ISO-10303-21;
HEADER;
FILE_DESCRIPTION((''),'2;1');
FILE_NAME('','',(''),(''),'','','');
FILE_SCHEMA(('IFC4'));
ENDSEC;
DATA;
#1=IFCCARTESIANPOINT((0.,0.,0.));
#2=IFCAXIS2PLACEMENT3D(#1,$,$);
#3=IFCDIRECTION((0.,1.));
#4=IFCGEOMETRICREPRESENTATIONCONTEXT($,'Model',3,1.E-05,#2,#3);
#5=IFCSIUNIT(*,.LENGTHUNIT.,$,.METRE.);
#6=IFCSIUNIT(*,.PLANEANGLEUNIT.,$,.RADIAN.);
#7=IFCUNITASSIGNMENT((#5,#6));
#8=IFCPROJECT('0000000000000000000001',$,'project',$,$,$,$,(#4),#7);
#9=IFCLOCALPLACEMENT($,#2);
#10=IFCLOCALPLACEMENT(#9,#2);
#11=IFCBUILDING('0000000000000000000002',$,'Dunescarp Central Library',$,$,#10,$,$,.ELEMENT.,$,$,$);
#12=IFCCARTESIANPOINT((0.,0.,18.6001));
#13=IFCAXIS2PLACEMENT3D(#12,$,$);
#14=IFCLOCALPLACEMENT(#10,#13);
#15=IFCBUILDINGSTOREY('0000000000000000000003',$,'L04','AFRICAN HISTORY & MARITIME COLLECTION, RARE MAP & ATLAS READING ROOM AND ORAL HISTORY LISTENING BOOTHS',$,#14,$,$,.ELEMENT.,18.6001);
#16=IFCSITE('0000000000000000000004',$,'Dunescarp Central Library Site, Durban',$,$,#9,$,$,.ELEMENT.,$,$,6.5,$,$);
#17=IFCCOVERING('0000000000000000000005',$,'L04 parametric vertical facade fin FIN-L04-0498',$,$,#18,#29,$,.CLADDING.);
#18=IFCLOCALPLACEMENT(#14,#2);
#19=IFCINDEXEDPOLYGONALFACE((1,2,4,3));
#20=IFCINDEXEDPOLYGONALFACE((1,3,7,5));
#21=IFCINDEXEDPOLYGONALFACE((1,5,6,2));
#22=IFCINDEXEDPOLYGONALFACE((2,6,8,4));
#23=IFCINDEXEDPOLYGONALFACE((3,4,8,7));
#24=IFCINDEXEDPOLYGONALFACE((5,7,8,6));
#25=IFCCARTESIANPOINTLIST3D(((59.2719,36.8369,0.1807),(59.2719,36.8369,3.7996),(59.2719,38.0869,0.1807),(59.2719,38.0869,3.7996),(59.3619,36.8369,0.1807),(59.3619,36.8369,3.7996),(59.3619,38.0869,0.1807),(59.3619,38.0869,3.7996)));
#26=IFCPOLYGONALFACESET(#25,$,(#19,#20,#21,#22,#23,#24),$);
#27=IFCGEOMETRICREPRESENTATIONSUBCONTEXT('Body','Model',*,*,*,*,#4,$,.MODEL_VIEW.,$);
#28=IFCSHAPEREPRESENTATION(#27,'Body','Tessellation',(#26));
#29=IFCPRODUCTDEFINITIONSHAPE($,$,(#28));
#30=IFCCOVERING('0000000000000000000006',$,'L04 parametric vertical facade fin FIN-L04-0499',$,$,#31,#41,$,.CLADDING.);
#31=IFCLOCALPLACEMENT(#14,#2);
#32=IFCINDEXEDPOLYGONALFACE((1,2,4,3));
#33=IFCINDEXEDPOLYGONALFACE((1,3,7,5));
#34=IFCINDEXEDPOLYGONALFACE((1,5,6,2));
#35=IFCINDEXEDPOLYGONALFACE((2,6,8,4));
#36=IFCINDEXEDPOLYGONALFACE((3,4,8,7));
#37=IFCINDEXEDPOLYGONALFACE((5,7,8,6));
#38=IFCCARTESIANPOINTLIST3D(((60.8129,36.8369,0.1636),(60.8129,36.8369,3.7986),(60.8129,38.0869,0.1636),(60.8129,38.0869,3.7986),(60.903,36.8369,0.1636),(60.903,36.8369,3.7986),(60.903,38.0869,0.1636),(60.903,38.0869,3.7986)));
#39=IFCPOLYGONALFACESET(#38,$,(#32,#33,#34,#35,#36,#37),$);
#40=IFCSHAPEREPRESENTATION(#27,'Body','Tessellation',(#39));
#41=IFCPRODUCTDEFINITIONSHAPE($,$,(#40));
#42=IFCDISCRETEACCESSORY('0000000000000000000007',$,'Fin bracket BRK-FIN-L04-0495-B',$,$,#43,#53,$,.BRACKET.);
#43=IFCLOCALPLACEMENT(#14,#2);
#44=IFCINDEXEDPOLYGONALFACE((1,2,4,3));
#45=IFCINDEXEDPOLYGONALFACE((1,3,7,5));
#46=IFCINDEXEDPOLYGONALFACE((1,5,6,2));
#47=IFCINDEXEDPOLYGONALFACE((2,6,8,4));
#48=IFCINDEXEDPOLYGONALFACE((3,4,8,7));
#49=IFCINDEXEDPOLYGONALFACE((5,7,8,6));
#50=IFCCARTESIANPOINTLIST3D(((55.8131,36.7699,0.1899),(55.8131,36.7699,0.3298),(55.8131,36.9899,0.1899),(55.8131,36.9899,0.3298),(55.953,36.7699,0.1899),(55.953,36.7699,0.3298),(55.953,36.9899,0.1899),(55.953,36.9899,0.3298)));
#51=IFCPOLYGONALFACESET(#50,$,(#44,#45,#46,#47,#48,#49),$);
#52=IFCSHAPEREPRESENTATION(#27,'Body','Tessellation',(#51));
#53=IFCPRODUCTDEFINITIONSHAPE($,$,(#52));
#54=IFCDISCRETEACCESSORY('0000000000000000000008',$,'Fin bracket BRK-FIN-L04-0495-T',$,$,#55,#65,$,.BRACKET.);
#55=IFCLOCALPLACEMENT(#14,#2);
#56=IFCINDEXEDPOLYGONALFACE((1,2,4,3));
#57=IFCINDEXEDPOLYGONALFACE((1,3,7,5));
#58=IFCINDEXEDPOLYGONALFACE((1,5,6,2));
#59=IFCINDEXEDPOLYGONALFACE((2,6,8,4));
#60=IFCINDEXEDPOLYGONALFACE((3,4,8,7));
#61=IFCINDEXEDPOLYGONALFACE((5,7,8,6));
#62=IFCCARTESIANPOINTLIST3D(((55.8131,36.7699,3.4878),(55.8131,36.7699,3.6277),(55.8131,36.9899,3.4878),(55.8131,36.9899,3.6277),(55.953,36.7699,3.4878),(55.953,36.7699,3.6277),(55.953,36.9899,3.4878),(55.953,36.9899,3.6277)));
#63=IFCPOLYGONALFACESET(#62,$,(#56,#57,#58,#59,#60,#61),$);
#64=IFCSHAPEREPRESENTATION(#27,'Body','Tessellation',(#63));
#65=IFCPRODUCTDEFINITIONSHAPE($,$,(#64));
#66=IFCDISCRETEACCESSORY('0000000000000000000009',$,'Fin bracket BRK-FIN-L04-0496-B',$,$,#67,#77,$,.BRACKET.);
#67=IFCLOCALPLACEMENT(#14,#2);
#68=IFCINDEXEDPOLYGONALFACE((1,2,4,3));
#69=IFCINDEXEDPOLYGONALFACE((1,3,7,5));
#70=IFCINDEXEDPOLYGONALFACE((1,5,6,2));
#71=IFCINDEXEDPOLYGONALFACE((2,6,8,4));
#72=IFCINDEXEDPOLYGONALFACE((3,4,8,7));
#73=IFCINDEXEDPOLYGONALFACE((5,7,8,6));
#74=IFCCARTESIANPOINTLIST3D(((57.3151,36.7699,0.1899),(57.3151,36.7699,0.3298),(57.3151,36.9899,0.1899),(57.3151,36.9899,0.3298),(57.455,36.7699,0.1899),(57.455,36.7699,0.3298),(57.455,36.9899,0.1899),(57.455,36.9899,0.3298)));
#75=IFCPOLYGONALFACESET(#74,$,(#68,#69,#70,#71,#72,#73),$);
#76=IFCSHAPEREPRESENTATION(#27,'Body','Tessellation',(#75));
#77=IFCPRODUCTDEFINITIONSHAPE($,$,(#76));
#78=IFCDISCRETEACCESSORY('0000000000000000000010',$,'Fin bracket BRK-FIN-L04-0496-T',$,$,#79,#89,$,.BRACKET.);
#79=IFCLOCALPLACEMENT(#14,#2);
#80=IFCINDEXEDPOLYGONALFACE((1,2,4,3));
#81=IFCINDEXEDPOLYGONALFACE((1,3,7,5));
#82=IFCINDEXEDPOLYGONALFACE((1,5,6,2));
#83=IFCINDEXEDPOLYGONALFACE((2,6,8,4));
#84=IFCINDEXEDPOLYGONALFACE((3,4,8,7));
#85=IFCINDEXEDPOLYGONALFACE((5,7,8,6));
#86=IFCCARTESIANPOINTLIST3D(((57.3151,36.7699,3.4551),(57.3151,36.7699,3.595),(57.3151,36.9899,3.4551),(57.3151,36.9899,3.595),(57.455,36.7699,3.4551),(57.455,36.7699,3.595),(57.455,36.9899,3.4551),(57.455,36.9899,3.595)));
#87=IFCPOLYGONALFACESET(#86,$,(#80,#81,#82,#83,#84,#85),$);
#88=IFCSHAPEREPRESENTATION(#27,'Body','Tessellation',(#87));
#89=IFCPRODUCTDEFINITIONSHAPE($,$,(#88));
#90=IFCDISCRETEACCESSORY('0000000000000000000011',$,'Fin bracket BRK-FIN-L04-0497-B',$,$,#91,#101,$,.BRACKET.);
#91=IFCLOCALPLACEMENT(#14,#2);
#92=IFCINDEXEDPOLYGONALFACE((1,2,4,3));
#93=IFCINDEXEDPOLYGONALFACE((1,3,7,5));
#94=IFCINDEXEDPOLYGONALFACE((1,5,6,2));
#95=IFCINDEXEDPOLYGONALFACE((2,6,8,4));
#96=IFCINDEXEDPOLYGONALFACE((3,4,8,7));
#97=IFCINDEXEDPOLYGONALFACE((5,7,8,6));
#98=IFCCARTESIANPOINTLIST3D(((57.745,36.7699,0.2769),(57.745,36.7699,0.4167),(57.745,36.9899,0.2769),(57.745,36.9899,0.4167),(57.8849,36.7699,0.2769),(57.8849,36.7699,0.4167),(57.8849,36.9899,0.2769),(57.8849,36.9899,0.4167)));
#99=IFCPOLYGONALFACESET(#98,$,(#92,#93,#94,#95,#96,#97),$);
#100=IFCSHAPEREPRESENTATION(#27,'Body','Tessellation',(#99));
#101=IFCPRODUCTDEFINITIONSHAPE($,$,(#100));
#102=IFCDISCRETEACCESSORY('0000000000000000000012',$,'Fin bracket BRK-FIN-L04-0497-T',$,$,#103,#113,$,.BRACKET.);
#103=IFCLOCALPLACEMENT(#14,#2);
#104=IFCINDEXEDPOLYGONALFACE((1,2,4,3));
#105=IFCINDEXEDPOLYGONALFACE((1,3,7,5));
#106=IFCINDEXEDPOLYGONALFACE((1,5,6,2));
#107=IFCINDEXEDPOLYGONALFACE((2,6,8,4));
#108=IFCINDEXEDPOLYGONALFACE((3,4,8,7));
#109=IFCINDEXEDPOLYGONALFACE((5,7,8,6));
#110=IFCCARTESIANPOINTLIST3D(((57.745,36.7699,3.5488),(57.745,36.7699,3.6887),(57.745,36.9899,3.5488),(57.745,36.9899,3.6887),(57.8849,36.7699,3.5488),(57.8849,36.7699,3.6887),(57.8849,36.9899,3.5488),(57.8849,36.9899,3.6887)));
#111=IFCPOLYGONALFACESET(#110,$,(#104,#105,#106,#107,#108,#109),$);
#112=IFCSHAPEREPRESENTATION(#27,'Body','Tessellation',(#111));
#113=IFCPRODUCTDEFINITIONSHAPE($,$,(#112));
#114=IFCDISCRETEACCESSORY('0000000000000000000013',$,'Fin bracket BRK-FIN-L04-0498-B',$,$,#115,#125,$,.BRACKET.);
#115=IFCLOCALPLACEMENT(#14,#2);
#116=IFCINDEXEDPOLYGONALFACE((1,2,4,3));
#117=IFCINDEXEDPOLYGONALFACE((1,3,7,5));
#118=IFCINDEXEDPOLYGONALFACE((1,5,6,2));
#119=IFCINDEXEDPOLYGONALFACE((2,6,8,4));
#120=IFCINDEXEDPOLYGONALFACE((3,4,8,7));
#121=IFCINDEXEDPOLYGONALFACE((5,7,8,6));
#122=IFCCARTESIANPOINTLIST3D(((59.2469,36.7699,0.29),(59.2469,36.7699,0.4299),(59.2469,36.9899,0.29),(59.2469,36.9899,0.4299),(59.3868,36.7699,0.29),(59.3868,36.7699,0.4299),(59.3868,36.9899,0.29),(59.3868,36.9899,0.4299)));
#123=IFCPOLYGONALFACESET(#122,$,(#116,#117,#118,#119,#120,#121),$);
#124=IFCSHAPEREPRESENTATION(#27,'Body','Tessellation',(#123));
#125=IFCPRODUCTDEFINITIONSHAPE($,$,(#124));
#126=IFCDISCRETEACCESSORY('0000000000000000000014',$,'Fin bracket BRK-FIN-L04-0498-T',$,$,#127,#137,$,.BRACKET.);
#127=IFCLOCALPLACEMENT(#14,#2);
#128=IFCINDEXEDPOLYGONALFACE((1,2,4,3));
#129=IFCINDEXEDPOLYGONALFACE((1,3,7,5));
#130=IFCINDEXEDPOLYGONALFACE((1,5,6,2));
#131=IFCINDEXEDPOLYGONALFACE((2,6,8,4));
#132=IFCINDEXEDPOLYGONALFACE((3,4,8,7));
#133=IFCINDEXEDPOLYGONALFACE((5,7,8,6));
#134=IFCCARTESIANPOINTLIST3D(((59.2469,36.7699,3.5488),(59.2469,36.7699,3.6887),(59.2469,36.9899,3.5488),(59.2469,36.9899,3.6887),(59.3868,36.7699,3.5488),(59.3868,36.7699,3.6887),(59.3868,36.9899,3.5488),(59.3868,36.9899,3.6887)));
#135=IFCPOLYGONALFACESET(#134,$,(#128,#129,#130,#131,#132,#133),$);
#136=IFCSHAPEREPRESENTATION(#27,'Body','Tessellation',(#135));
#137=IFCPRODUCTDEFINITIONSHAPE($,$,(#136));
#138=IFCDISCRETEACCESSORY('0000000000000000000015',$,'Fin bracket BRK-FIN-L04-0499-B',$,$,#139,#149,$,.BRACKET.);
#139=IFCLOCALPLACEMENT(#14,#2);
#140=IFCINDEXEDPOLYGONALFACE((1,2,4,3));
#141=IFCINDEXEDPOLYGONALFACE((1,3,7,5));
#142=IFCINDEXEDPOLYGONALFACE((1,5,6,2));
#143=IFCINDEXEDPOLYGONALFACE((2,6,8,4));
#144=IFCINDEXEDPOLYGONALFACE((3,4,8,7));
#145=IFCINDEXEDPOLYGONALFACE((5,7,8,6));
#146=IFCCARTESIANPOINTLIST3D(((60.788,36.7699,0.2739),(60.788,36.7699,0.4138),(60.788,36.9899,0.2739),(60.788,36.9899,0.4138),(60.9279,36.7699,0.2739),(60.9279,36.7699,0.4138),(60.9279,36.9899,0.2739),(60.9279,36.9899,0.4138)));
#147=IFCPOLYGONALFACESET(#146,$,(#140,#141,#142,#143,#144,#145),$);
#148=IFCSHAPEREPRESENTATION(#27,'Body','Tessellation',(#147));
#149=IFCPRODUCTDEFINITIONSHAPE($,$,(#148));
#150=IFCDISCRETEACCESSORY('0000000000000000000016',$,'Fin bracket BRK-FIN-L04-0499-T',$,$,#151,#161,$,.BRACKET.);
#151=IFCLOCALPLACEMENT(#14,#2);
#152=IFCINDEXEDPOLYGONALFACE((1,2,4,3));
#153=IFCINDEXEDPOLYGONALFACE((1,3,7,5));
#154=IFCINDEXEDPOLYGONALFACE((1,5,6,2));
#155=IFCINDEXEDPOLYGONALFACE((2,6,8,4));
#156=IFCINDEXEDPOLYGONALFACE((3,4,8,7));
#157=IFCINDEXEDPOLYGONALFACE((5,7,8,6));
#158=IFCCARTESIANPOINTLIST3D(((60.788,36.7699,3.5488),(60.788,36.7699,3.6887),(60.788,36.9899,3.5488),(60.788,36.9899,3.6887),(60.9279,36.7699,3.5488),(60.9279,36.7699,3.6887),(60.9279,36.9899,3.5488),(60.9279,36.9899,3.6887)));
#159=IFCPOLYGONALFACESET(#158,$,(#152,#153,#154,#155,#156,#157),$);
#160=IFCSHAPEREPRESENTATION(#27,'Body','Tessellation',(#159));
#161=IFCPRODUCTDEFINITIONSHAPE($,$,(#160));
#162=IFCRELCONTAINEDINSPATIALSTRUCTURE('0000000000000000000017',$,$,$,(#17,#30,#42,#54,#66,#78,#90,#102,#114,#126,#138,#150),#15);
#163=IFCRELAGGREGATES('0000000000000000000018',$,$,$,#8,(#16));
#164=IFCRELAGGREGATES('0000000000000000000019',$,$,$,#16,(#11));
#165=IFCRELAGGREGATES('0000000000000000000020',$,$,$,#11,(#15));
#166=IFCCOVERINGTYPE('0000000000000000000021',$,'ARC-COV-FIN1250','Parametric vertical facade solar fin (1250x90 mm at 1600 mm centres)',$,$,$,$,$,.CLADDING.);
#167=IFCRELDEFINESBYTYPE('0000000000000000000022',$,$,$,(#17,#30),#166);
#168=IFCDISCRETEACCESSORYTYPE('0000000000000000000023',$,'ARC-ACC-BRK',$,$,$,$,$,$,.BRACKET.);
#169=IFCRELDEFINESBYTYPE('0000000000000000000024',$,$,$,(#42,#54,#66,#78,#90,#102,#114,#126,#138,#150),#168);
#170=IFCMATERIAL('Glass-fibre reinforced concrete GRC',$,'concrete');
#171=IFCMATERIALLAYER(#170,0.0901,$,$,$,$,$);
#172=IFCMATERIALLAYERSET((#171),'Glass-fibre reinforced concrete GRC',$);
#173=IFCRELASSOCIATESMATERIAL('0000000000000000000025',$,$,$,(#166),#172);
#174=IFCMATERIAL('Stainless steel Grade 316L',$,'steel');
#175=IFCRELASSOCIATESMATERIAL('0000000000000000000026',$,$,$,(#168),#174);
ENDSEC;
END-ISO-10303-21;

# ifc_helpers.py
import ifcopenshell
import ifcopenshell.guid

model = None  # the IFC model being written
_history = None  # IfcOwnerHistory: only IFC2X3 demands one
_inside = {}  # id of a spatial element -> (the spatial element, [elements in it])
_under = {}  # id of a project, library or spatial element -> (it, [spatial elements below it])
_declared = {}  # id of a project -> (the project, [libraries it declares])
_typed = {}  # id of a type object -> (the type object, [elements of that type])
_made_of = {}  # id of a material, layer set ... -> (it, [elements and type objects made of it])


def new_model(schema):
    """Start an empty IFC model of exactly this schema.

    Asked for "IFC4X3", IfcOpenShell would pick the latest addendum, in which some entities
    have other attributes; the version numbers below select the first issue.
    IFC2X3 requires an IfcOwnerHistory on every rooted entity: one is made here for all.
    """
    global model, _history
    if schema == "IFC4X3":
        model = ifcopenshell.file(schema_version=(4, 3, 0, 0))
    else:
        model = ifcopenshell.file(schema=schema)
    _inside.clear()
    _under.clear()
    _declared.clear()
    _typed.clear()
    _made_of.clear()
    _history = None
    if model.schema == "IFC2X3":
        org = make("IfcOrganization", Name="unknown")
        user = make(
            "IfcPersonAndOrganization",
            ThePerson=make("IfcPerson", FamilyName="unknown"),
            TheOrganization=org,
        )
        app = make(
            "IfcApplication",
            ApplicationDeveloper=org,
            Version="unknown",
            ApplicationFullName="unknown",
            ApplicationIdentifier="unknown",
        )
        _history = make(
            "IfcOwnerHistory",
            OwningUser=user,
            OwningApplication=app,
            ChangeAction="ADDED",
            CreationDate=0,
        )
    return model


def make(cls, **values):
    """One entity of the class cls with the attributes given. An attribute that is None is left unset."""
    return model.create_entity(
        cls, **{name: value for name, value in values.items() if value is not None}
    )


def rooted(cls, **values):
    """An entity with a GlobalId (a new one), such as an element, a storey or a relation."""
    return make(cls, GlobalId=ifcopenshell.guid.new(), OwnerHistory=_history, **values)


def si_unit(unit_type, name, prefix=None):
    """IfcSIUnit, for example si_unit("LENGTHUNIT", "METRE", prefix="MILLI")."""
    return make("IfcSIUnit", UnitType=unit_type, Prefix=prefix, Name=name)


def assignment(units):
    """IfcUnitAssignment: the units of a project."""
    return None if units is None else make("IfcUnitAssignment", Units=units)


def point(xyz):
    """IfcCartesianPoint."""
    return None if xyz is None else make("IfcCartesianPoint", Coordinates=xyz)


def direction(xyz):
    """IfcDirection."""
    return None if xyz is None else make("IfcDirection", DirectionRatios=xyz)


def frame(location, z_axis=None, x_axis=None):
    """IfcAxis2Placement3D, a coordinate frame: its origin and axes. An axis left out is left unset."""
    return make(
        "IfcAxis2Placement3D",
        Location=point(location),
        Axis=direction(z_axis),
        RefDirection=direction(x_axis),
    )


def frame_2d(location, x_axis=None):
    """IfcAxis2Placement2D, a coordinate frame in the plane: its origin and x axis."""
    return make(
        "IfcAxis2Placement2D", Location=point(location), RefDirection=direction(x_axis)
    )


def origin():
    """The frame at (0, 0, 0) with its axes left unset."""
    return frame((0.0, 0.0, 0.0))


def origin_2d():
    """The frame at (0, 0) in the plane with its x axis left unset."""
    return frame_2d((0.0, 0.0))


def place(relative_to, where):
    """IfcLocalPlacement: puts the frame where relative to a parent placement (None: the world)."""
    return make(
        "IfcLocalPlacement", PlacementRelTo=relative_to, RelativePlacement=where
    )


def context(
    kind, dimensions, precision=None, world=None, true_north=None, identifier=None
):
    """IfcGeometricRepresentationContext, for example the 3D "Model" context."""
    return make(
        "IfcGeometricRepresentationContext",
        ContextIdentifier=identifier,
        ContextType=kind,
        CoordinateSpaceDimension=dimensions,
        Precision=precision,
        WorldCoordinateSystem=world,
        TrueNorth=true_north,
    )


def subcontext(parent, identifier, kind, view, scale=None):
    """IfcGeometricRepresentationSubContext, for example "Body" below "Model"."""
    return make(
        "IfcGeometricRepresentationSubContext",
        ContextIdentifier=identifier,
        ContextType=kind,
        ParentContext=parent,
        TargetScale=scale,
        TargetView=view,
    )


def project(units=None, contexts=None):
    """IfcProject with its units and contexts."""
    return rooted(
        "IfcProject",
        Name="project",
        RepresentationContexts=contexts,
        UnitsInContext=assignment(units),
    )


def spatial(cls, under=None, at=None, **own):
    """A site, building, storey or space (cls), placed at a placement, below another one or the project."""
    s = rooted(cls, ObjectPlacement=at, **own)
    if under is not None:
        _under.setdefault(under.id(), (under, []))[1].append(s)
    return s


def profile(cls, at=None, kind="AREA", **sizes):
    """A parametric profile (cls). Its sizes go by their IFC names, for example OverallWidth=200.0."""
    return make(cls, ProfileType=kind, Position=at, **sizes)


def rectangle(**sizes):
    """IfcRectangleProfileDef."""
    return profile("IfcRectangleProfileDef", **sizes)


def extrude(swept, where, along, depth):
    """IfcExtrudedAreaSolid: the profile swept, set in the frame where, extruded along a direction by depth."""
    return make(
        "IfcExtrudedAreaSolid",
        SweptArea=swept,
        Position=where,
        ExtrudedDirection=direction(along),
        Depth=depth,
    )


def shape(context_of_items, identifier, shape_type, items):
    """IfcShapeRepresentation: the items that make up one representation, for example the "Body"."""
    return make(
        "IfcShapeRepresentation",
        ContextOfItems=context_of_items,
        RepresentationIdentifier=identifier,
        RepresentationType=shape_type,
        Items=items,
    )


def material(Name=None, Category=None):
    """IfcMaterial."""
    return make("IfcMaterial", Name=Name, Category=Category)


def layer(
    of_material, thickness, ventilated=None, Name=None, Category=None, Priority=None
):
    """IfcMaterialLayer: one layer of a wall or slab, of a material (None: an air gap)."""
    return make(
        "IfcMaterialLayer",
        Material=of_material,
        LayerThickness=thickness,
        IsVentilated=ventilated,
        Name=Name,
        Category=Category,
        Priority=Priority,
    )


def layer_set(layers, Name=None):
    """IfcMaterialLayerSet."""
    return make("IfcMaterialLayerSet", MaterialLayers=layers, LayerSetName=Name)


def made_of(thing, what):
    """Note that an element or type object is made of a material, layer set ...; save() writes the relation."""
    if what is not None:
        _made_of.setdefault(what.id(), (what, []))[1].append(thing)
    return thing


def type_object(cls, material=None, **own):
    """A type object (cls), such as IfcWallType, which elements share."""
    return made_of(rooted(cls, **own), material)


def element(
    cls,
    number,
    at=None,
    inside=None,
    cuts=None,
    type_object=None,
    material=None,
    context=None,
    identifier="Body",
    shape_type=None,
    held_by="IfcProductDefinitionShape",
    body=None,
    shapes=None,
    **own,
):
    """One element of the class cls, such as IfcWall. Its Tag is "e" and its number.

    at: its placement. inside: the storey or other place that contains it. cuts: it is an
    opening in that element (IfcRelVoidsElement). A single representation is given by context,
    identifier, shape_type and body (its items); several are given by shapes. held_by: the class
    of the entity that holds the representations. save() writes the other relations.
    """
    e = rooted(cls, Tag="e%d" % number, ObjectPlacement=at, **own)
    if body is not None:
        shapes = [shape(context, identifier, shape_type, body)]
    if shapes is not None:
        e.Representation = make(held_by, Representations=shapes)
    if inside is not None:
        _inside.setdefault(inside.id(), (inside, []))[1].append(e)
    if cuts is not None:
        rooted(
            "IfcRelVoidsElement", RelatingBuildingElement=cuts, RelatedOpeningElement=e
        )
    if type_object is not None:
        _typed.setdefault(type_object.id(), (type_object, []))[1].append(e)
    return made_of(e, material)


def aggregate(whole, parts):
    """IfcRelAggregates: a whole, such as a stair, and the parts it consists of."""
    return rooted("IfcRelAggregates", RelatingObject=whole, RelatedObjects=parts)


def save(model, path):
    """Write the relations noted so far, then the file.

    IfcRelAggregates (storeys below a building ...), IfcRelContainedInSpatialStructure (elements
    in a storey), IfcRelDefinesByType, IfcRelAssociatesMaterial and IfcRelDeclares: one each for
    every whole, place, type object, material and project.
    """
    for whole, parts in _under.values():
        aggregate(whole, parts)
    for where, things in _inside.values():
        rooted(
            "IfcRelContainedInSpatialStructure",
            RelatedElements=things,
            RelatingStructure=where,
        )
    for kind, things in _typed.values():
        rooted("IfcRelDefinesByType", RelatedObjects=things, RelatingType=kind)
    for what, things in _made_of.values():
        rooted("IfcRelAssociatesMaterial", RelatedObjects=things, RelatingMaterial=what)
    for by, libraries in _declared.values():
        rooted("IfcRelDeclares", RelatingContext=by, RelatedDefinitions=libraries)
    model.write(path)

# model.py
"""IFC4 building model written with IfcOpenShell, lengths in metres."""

from ifc_helpers import new_model, si_unit, direction, frame, origin, origin_2d, place, context, subcontext, project, spatial, rectangle, extrude, material, layer, layer_set, type_object, element, save


model = new_model("IFC4")

# Units and contexts
model_context = context("Model", 3, precision=1e-05, world=origin(), true_north=direction((0.0, 1.0)))
body_context = subcontext(model_context, "Body", "Model", "MODEL_VIEW")
ifc_project = project(units=[si_unit("LENGTHUNIT", "METRE"), si_unit("PLANEANGLEUNIT", "RADIAN")], contexts=[model_context])

# Site, building, storey
site_placement = place(None, origin())
site = spatial("IfcSite", under=ifc_project, at=site_placement, Name="Dunescarp Central Library Site, Durban", CompositionType="ELEMENT", RefElevation=6.5)
building_placement = place(site_placement, origin())
building = spatial("IfcBuilding", under=site, at=building_placement, Name="Dunescarp Central Library", CompositionType="ELEMENT")
storey_placement = place(building_placement, frame((0.0, 0.0, 18.6001)))
storey = spatial("IfcBuildingStorey", under=building, at=storey_placement, Name="L04", Description="AFRICAN HISTORY & MARITIME COLLECTION, RARE MAP & ATLAS READING ROOM AND ORAL HISTORY LISTENING BOOTHS", CompositionType="ELEMENT", Elevation=18.6001)

# Coverings
ifc_material_1 = material(Name="Glass-fibre reinforced concrete GRC", Category="concrete")
ifc_layer_1 = layer(ifc_material_1, 0.0901)
ifc_layer_set_1 = layer_set([ifc_layer_1], Name="Glass-fibre reinforced concrete GRC")
covering_type = type_object("IfcCoveringType", Name="ARC-COV-FIN1250", Description="Parametric vertical facade solar fin (1250x90 mm at 1600 mm centres)", PredefinedType="CLADDING", material=ifc_layer_set_1)
covering_1_placement = place(storey_placement, frame((59.3169, 37.4619, 0.1807), z_axis=(0.0, 0.0, 1.0), x_axis=(0.0, 1.0, 0.0)))
element("IfcCovering", 1, at=covering_1_placement, inside=storey, type_object=covering_type, Name="L04 parametric vertical facade fin FIN-L04-0498", PredefinedType="CLADDING", context=body_context, shape_type="SweptSolid", body=[
    extrude(rectangle(XDim=1.25, YDim=0.0901, at=origin_2d()), origin(), (0.0, 0.0, 1.0), 3.6189),
])
covering_2_placement = place(storey_placement, frame((60.8579, 37.4619, 0.1636), z_axis=(0.0, 0.0, 1.0), x_axis=(0.0, 1.0, 0.0)))
element("IfcCovering", 2, at=covering_2_placement, inside=storey, type_object=covering_type, Name="L04 parametric vertical facade fin FIN-L04-0499", PredefinedType="CLADDING", context=body_context, shape_type="SweptSolid", body=[
    extrude(rectangle(XDim=1.25, YDim=0.0901, at=origin_2d()), origin(), (0.0, 0.0, 1.0), 3.635),
])

# Discrete accessories
ifc_material_2 = material(Name="Stainless steel Grade 316L", Category="steel")
discrete_accessory_type = type_object("IfcDiscreteAccessoryType", Name="ARC-ACC-BRK", PredefinedType="BRACKET", material=ifc_material_2)
for number, where, z_axis, x_axis, name in (
    (3, (55.8831, 36.8799, 0.1899), (0.0, 0.0, 1.0), (0.0, 1.0, 0.0), "Fin bracket BRK-FIN-L04-0495-B"),
    (4, (55.8831, 36.8799, 3.4878), (0.0, 0.0, 1.0), (0.0, 1.0, 0.0), "Fin bracket BRK-FIN-L04-0495-T"),
    (5, (57.385, 36.8799, 0.1899), (0.0, 0.0, 1.0), (0.0, 1.0, 0.0), "Fin bracket BRK-FIN-L04-0496-B"),
    (6, (57.385, 36.8799, 3.4551), (0.0, 0.0, 1.0), (0.0, 1.0, 0.0), "Fin bracket BRK-FIN-L04-0496-T"),
    (7, (57.8149, 36.8799, 0.2769), (0.0, 0.0, 1.0), (0.0, 1.0, 0.0), "Fin bracket BRK-FIN-L04-0497-B"),
    (8, (57.8149, 36.8799, 3.5488), (0.0, 0.0, 1.0), (0.0, 1.0, 0.0), "Fin bracket BRK-FIN-L04-0497-T"),
    (9, (59.3169, 36.8799, 0.29), (0.0, 0.0, 1.0), (0.0, 1.0, 0.0), "Fin bracket BRK-FIN-L04-0498-B"),
    (10, (59.3169, 36.8799, 3.5488), (0.0, 0.0, 1.0), (0.0, 1.0, 0.0), "Fin bracket BRK-FIN-L04-0498-T"),
    (11, (60.8579, 36.8799, 0.2739), (0.0, 0.0, 1.0), (0.0, 1.0, 0.0), "Fin bracket BRK-FIN-L04-0499-B"),
    (12, (60.8579, 36.8799, 3.5488), (0.0, 0.0, 1.0), (0.0, 1.0, 0.0), "Fin bracket BRK-FIN-L04-0499-T"),
):
    element("IfcDiscreteAccessory", number, at=place(storey_placement, frame(where, z_axis=z_axis, x_axis=x_axis)), inside=storey, type_object=discrete_accessory_type, Name=name, PredefinedType="BRACKET", context=body_context, shape_type="SweptSolid", body=[
        extrude(rectangle(XDim=0.22, YDim=0.1399, at=origin_2d()), origin(), (0.0, 0.0, 1.0), 0.1399),
    ])

save(model, "model.ifc")
